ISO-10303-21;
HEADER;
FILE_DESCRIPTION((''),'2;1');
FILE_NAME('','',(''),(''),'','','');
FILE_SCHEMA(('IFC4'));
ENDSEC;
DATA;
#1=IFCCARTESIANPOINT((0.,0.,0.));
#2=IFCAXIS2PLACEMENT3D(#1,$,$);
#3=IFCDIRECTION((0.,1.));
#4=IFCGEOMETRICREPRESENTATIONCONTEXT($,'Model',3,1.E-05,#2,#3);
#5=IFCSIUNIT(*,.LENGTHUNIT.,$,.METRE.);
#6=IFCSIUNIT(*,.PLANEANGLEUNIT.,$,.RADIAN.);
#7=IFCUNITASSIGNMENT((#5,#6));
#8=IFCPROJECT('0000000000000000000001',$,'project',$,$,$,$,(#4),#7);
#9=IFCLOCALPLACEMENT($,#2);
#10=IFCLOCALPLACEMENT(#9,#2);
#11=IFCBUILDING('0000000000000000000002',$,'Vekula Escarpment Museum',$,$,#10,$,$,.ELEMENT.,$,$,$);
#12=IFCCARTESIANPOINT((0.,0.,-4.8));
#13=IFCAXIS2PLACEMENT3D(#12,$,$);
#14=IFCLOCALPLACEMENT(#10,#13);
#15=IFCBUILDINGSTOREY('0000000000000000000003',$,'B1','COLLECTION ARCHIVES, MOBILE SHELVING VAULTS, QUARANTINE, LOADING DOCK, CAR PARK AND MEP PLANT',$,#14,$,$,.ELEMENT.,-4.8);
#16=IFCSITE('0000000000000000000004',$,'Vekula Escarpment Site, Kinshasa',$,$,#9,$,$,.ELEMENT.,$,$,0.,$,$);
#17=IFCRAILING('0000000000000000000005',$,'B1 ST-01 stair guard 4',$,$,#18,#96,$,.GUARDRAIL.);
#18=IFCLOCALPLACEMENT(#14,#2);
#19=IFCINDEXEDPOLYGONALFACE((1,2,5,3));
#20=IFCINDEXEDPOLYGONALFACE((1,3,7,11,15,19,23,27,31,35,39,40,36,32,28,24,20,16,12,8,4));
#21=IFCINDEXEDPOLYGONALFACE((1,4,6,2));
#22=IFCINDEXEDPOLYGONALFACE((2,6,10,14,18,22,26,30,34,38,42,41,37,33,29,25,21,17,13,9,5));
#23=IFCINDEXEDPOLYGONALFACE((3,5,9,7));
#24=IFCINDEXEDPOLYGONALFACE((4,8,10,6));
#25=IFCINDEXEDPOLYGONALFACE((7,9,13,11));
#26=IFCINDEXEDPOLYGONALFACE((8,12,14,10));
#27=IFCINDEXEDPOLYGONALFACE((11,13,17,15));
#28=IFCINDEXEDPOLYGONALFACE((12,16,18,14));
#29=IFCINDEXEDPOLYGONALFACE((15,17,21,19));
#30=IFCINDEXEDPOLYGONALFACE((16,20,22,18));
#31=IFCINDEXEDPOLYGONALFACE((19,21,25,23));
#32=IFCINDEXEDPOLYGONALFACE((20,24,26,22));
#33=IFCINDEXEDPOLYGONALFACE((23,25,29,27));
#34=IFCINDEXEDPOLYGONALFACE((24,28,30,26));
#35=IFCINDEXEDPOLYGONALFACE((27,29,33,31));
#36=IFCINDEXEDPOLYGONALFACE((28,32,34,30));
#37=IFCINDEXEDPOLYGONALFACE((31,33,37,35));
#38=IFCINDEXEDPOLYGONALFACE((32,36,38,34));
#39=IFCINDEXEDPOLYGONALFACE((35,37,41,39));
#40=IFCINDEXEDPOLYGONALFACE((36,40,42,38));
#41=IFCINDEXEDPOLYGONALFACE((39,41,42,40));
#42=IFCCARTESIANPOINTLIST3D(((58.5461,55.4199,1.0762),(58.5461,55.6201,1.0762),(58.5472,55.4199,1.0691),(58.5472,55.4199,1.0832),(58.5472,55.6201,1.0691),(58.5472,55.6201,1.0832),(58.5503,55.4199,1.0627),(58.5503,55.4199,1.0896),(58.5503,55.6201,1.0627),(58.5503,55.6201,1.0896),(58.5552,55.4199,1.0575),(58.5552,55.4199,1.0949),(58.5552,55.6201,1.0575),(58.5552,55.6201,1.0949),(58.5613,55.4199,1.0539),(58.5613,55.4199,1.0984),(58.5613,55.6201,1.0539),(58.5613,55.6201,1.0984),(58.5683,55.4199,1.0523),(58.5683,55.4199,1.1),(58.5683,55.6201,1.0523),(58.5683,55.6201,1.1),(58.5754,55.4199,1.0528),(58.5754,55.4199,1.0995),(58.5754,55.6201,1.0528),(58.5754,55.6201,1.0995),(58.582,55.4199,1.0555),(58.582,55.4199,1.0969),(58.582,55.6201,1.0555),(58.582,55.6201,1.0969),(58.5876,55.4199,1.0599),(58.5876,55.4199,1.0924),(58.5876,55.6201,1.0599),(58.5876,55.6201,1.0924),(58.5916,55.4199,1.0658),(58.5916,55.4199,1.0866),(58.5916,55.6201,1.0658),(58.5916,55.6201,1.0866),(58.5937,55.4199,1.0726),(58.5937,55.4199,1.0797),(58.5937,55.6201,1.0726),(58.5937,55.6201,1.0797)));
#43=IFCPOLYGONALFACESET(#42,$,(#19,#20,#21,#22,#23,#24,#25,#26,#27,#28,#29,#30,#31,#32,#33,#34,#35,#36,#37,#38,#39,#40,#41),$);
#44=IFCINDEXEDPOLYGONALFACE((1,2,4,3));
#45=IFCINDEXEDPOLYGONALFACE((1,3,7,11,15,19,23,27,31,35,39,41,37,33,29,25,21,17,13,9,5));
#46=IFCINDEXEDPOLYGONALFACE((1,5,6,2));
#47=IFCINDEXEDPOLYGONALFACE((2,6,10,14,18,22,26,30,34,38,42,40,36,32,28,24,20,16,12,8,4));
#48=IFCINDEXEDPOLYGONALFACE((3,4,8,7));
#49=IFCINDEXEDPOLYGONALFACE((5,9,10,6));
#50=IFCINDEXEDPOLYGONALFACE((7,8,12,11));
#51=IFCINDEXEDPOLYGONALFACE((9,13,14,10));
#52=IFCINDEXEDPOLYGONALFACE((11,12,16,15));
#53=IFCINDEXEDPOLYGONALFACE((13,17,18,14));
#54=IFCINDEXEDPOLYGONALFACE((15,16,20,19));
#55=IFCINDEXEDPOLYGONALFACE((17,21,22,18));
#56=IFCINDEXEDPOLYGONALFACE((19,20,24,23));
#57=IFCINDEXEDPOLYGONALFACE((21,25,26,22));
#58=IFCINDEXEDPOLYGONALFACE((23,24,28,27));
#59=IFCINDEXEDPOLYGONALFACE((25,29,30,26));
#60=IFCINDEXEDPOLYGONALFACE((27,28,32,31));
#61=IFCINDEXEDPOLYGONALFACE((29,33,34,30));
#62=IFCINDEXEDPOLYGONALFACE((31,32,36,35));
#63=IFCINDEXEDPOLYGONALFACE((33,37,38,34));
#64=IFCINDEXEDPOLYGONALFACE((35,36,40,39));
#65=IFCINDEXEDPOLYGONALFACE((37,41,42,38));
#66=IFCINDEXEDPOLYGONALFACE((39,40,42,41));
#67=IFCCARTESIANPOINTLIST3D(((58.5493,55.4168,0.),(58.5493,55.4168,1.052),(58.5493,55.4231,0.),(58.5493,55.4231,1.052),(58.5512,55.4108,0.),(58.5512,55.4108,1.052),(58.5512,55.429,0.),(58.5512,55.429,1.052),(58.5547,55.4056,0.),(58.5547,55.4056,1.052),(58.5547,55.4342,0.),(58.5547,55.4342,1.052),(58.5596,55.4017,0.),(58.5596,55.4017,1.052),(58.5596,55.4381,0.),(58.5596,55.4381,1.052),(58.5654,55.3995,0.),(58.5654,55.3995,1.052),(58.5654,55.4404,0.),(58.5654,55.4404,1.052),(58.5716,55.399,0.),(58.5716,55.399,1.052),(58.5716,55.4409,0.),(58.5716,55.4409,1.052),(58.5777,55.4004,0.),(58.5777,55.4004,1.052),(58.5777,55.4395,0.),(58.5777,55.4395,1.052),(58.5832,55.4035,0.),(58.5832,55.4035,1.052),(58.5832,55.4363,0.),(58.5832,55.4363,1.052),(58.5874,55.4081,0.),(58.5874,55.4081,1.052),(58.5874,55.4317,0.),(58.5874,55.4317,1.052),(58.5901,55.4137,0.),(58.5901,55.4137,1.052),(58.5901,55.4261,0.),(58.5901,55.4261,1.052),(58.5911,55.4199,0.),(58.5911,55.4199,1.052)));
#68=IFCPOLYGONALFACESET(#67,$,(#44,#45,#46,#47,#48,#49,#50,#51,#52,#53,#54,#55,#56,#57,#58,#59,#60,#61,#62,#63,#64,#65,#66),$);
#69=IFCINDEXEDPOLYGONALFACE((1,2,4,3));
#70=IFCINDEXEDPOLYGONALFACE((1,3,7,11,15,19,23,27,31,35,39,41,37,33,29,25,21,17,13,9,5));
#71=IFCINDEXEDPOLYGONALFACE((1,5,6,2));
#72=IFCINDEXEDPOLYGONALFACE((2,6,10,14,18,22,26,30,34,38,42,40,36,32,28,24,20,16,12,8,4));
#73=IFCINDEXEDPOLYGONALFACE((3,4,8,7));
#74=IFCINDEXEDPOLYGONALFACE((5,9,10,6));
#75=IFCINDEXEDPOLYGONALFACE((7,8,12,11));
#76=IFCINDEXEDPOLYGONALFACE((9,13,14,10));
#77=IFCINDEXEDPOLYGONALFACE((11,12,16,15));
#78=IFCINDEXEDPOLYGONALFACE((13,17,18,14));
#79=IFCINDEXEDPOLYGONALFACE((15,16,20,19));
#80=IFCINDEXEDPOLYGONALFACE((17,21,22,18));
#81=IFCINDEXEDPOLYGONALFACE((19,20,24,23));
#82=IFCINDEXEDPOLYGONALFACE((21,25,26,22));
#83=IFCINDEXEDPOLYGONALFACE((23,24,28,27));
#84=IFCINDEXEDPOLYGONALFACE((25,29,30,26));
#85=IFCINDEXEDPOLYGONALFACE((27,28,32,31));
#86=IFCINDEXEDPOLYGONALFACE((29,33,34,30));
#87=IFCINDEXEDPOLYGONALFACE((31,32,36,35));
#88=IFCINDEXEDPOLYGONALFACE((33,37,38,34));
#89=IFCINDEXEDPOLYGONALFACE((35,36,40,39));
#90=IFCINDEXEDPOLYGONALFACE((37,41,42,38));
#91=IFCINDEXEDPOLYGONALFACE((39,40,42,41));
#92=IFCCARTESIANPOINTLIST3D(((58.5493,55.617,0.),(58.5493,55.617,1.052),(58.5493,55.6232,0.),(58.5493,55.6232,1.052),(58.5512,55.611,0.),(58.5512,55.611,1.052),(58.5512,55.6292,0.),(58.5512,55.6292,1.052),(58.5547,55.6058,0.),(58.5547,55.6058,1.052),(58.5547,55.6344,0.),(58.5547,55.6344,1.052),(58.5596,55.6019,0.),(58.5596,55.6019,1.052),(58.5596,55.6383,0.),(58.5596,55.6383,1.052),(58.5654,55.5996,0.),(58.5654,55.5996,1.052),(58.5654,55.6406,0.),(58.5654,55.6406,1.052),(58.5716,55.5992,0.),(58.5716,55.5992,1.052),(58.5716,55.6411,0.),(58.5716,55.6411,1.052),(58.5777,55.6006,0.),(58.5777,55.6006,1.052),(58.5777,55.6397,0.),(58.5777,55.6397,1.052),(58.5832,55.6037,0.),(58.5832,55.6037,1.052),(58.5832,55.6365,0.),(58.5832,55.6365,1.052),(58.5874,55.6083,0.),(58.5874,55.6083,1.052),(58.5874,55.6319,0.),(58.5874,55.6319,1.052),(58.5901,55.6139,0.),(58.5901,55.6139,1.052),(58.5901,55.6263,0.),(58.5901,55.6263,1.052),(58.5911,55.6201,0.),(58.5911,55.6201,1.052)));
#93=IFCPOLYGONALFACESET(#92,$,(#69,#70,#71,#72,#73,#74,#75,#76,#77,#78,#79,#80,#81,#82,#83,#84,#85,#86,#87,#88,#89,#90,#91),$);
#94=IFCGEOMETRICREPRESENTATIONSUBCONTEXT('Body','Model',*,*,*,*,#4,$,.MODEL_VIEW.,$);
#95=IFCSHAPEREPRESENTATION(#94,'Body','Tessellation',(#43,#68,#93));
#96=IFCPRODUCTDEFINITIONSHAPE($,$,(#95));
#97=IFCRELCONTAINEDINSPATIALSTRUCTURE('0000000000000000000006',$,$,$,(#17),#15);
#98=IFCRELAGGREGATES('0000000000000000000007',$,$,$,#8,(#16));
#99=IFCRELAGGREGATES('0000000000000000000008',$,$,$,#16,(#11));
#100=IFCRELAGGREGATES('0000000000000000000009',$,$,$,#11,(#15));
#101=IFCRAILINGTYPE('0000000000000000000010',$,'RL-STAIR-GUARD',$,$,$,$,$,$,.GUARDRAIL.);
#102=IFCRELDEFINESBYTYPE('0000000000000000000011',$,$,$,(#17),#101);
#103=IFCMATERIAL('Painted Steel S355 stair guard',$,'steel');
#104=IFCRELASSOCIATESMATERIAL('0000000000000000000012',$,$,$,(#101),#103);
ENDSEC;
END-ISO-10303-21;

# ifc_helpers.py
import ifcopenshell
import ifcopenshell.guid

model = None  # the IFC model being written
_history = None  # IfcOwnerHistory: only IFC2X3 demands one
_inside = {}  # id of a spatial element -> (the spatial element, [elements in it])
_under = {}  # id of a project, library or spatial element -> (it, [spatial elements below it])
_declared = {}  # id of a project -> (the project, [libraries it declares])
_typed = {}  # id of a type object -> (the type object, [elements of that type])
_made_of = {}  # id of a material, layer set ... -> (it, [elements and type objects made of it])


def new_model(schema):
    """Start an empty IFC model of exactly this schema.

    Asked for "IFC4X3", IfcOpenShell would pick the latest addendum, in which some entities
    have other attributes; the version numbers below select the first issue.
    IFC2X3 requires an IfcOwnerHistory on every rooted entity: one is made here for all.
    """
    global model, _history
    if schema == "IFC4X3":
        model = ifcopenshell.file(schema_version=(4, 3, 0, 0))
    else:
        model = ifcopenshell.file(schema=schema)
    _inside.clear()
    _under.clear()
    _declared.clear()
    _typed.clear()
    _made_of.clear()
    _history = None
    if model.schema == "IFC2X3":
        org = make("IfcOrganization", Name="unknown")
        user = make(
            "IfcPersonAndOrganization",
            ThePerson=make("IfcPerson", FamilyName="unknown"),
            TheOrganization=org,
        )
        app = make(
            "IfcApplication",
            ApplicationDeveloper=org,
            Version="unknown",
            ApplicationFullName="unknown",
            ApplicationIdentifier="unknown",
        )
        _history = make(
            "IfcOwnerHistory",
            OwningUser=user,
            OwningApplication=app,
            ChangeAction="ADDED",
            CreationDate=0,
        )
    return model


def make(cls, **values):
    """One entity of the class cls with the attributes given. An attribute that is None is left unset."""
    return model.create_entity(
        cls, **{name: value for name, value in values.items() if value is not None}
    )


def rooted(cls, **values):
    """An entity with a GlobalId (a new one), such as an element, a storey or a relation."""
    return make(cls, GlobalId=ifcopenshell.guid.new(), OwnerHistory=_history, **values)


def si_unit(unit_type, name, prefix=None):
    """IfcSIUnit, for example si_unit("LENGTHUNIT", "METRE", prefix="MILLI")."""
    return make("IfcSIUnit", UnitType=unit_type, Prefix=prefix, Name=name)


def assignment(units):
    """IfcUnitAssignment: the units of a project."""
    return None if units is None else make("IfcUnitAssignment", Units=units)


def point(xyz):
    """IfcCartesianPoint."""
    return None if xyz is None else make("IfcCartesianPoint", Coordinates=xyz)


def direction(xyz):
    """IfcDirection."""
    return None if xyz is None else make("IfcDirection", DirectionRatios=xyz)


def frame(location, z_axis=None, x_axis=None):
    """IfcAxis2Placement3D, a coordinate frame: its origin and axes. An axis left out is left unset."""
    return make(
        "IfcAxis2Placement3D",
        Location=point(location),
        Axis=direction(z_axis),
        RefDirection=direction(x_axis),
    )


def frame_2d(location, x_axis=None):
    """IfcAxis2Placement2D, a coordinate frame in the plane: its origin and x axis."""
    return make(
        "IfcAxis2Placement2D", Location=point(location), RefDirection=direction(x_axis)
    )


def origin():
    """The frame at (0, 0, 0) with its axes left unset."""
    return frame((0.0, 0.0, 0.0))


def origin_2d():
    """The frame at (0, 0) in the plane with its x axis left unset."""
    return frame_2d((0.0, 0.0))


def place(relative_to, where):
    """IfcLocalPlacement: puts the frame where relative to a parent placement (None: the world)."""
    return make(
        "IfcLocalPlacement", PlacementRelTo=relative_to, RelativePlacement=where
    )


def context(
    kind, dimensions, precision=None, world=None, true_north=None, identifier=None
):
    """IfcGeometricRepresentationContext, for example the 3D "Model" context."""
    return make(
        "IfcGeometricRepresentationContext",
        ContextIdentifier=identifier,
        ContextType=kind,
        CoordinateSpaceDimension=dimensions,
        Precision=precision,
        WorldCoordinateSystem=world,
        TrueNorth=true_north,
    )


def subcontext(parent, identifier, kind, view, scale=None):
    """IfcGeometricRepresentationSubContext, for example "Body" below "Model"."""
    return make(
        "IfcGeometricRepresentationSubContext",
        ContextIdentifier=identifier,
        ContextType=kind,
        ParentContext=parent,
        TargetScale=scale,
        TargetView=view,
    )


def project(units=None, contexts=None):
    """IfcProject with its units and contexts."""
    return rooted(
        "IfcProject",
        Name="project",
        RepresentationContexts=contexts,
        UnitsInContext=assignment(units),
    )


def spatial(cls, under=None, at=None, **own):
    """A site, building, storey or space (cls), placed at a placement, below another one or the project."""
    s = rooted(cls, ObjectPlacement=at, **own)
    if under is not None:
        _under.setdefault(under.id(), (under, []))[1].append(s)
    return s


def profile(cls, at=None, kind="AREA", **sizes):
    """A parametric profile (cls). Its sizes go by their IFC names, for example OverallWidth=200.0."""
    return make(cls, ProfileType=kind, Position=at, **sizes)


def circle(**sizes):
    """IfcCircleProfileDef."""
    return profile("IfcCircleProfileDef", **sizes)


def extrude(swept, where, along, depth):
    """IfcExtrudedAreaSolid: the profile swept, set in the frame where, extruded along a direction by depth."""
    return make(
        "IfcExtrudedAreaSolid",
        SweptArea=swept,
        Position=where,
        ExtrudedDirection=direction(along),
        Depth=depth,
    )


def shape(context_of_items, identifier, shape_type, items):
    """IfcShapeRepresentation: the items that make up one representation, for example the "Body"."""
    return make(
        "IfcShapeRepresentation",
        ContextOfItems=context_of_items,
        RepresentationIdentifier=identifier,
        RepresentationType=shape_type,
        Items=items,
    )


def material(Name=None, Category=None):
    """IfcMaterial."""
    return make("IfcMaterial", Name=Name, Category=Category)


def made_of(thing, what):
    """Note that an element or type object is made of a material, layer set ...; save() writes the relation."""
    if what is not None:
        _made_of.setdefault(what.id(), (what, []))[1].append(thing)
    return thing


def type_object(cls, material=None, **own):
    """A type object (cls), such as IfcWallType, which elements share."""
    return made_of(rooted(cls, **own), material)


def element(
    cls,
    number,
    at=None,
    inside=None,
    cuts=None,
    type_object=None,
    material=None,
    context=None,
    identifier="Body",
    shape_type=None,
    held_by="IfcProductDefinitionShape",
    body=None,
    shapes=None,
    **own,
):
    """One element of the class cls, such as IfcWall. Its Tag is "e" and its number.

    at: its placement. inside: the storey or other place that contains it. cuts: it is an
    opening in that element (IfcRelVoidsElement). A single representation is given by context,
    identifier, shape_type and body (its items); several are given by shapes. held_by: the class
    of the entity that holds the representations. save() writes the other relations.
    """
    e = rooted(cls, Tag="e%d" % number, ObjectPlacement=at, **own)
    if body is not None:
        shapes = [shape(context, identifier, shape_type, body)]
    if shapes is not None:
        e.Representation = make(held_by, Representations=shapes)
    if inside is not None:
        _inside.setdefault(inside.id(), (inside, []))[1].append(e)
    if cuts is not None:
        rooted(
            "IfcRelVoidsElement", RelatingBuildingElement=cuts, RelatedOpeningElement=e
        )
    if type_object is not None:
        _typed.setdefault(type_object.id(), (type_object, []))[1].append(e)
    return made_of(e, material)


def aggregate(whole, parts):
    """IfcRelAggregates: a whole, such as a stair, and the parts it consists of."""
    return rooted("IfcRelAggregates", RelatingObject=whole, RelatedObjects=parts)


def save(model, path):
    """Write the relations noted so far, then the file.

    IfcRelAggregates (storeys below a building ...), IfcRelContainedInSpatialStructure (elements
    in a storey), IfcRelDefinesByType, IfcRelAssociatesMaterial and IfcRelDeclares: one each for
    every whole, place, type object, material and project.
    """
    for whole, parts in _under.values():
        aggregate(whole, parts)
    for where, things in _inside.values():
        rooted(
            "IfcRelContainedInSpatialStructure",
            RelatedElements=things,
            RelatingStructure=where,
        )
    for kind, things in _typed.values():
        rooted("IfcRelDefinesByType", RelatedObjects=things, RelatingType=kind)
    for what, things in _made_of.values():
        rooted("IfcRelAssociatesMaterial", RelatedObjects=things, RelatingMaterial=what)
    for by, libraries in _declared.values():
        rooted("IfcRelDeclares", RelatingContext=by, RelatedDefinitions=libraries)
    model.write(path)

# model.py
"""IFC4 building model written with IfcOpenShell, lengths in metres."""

from ifc_helpers import new_model, si_unit, direction, frame, origin, origin_2d, place, context, subcontext, project, spatial, circle, extrude, material, type_object, element, save


model = new_model("IFC4")

# Units and contexts
model_context = context("Model", 3, precision=1e-05, world=origin(), true_north=direction((0.0, 1.0)))
body_context = subcontext(model_context, "Body", "Model", "MODEL_VIEW")
ifc_project = project(units=[si_unit("LENGTHUNIT", "METRE"), si_unit("PLANEANGLEUNIT", "RADIAN")], contexts=[model_context])

# Site, building, storey
site_placement = place(None, origin())
site = spatial("IfcSite", under=ifc_project, at=site_placement, Name="Vekula Escarpment Site, Kinshasa", CompositionType="ELEMENT", RefElevation=0.0)
building_placement = place(site_placement, origin())
building = spatial("IfcBuilding", under=site, at=building_placement, Name="Vekula Escarpment Museum", CompositionType="ELEMENT")
storey_placement = place(building_placement, frame((0.0, 0.0, -4.8)))
storey = spatial("IfcBuildingStorey", under=building, at=storey_placement, Name="B1", Description="COLLECTION ARCHIVES, MOBILE SHELVING VAULTS, QUARANTINE, LOADING DOCK, CAR PARK AND MEP PLANT", CompositionType="ELEMENT", Elevation=-4.8)

# Railing
ifc_material_1 = material(Name="Painted Steel S355 stair guard", Category="steel")
railing_type_1 = type_object("IfcRailingType", Name="RL-STAIR-GUARD", PredefinedType="GUARDRAIL", material=ifc_material_1)
railing_1_placement = place(storey_placement, frame((58.5701, 55.4199, 0.0)))
element("IfcRailing", 1, at=railing_1_placement, inside=storey, type_object=railing_type_1, Name="B1 ST-01 stair guard 4", PredefinedType="GUARDRAIL", context=body_context, shape_type="SweptSolid", body=[
    extrude(circle(Radius=0.0239, at=origin_2d()), frame((0.0, 0.0, 1.0762), z_axis=(0.0, 1.0, 0.0), x_axis=(-1.0, 0.0, 0.0)), (0.0, 0.0, 1.0), 0.2002),
    extrude(circle(Radius=0.021, at=origin_2d()), origin(), (0.0, 0.0, 1.0), 1.052),
    extrude(circle(Radius=0.021, at=origin_2d()), frame((0.0, 0.2002, 0.0)), (0.0, 0.0, 1.0), 1.052),
])

save(model, "model.ifc")
